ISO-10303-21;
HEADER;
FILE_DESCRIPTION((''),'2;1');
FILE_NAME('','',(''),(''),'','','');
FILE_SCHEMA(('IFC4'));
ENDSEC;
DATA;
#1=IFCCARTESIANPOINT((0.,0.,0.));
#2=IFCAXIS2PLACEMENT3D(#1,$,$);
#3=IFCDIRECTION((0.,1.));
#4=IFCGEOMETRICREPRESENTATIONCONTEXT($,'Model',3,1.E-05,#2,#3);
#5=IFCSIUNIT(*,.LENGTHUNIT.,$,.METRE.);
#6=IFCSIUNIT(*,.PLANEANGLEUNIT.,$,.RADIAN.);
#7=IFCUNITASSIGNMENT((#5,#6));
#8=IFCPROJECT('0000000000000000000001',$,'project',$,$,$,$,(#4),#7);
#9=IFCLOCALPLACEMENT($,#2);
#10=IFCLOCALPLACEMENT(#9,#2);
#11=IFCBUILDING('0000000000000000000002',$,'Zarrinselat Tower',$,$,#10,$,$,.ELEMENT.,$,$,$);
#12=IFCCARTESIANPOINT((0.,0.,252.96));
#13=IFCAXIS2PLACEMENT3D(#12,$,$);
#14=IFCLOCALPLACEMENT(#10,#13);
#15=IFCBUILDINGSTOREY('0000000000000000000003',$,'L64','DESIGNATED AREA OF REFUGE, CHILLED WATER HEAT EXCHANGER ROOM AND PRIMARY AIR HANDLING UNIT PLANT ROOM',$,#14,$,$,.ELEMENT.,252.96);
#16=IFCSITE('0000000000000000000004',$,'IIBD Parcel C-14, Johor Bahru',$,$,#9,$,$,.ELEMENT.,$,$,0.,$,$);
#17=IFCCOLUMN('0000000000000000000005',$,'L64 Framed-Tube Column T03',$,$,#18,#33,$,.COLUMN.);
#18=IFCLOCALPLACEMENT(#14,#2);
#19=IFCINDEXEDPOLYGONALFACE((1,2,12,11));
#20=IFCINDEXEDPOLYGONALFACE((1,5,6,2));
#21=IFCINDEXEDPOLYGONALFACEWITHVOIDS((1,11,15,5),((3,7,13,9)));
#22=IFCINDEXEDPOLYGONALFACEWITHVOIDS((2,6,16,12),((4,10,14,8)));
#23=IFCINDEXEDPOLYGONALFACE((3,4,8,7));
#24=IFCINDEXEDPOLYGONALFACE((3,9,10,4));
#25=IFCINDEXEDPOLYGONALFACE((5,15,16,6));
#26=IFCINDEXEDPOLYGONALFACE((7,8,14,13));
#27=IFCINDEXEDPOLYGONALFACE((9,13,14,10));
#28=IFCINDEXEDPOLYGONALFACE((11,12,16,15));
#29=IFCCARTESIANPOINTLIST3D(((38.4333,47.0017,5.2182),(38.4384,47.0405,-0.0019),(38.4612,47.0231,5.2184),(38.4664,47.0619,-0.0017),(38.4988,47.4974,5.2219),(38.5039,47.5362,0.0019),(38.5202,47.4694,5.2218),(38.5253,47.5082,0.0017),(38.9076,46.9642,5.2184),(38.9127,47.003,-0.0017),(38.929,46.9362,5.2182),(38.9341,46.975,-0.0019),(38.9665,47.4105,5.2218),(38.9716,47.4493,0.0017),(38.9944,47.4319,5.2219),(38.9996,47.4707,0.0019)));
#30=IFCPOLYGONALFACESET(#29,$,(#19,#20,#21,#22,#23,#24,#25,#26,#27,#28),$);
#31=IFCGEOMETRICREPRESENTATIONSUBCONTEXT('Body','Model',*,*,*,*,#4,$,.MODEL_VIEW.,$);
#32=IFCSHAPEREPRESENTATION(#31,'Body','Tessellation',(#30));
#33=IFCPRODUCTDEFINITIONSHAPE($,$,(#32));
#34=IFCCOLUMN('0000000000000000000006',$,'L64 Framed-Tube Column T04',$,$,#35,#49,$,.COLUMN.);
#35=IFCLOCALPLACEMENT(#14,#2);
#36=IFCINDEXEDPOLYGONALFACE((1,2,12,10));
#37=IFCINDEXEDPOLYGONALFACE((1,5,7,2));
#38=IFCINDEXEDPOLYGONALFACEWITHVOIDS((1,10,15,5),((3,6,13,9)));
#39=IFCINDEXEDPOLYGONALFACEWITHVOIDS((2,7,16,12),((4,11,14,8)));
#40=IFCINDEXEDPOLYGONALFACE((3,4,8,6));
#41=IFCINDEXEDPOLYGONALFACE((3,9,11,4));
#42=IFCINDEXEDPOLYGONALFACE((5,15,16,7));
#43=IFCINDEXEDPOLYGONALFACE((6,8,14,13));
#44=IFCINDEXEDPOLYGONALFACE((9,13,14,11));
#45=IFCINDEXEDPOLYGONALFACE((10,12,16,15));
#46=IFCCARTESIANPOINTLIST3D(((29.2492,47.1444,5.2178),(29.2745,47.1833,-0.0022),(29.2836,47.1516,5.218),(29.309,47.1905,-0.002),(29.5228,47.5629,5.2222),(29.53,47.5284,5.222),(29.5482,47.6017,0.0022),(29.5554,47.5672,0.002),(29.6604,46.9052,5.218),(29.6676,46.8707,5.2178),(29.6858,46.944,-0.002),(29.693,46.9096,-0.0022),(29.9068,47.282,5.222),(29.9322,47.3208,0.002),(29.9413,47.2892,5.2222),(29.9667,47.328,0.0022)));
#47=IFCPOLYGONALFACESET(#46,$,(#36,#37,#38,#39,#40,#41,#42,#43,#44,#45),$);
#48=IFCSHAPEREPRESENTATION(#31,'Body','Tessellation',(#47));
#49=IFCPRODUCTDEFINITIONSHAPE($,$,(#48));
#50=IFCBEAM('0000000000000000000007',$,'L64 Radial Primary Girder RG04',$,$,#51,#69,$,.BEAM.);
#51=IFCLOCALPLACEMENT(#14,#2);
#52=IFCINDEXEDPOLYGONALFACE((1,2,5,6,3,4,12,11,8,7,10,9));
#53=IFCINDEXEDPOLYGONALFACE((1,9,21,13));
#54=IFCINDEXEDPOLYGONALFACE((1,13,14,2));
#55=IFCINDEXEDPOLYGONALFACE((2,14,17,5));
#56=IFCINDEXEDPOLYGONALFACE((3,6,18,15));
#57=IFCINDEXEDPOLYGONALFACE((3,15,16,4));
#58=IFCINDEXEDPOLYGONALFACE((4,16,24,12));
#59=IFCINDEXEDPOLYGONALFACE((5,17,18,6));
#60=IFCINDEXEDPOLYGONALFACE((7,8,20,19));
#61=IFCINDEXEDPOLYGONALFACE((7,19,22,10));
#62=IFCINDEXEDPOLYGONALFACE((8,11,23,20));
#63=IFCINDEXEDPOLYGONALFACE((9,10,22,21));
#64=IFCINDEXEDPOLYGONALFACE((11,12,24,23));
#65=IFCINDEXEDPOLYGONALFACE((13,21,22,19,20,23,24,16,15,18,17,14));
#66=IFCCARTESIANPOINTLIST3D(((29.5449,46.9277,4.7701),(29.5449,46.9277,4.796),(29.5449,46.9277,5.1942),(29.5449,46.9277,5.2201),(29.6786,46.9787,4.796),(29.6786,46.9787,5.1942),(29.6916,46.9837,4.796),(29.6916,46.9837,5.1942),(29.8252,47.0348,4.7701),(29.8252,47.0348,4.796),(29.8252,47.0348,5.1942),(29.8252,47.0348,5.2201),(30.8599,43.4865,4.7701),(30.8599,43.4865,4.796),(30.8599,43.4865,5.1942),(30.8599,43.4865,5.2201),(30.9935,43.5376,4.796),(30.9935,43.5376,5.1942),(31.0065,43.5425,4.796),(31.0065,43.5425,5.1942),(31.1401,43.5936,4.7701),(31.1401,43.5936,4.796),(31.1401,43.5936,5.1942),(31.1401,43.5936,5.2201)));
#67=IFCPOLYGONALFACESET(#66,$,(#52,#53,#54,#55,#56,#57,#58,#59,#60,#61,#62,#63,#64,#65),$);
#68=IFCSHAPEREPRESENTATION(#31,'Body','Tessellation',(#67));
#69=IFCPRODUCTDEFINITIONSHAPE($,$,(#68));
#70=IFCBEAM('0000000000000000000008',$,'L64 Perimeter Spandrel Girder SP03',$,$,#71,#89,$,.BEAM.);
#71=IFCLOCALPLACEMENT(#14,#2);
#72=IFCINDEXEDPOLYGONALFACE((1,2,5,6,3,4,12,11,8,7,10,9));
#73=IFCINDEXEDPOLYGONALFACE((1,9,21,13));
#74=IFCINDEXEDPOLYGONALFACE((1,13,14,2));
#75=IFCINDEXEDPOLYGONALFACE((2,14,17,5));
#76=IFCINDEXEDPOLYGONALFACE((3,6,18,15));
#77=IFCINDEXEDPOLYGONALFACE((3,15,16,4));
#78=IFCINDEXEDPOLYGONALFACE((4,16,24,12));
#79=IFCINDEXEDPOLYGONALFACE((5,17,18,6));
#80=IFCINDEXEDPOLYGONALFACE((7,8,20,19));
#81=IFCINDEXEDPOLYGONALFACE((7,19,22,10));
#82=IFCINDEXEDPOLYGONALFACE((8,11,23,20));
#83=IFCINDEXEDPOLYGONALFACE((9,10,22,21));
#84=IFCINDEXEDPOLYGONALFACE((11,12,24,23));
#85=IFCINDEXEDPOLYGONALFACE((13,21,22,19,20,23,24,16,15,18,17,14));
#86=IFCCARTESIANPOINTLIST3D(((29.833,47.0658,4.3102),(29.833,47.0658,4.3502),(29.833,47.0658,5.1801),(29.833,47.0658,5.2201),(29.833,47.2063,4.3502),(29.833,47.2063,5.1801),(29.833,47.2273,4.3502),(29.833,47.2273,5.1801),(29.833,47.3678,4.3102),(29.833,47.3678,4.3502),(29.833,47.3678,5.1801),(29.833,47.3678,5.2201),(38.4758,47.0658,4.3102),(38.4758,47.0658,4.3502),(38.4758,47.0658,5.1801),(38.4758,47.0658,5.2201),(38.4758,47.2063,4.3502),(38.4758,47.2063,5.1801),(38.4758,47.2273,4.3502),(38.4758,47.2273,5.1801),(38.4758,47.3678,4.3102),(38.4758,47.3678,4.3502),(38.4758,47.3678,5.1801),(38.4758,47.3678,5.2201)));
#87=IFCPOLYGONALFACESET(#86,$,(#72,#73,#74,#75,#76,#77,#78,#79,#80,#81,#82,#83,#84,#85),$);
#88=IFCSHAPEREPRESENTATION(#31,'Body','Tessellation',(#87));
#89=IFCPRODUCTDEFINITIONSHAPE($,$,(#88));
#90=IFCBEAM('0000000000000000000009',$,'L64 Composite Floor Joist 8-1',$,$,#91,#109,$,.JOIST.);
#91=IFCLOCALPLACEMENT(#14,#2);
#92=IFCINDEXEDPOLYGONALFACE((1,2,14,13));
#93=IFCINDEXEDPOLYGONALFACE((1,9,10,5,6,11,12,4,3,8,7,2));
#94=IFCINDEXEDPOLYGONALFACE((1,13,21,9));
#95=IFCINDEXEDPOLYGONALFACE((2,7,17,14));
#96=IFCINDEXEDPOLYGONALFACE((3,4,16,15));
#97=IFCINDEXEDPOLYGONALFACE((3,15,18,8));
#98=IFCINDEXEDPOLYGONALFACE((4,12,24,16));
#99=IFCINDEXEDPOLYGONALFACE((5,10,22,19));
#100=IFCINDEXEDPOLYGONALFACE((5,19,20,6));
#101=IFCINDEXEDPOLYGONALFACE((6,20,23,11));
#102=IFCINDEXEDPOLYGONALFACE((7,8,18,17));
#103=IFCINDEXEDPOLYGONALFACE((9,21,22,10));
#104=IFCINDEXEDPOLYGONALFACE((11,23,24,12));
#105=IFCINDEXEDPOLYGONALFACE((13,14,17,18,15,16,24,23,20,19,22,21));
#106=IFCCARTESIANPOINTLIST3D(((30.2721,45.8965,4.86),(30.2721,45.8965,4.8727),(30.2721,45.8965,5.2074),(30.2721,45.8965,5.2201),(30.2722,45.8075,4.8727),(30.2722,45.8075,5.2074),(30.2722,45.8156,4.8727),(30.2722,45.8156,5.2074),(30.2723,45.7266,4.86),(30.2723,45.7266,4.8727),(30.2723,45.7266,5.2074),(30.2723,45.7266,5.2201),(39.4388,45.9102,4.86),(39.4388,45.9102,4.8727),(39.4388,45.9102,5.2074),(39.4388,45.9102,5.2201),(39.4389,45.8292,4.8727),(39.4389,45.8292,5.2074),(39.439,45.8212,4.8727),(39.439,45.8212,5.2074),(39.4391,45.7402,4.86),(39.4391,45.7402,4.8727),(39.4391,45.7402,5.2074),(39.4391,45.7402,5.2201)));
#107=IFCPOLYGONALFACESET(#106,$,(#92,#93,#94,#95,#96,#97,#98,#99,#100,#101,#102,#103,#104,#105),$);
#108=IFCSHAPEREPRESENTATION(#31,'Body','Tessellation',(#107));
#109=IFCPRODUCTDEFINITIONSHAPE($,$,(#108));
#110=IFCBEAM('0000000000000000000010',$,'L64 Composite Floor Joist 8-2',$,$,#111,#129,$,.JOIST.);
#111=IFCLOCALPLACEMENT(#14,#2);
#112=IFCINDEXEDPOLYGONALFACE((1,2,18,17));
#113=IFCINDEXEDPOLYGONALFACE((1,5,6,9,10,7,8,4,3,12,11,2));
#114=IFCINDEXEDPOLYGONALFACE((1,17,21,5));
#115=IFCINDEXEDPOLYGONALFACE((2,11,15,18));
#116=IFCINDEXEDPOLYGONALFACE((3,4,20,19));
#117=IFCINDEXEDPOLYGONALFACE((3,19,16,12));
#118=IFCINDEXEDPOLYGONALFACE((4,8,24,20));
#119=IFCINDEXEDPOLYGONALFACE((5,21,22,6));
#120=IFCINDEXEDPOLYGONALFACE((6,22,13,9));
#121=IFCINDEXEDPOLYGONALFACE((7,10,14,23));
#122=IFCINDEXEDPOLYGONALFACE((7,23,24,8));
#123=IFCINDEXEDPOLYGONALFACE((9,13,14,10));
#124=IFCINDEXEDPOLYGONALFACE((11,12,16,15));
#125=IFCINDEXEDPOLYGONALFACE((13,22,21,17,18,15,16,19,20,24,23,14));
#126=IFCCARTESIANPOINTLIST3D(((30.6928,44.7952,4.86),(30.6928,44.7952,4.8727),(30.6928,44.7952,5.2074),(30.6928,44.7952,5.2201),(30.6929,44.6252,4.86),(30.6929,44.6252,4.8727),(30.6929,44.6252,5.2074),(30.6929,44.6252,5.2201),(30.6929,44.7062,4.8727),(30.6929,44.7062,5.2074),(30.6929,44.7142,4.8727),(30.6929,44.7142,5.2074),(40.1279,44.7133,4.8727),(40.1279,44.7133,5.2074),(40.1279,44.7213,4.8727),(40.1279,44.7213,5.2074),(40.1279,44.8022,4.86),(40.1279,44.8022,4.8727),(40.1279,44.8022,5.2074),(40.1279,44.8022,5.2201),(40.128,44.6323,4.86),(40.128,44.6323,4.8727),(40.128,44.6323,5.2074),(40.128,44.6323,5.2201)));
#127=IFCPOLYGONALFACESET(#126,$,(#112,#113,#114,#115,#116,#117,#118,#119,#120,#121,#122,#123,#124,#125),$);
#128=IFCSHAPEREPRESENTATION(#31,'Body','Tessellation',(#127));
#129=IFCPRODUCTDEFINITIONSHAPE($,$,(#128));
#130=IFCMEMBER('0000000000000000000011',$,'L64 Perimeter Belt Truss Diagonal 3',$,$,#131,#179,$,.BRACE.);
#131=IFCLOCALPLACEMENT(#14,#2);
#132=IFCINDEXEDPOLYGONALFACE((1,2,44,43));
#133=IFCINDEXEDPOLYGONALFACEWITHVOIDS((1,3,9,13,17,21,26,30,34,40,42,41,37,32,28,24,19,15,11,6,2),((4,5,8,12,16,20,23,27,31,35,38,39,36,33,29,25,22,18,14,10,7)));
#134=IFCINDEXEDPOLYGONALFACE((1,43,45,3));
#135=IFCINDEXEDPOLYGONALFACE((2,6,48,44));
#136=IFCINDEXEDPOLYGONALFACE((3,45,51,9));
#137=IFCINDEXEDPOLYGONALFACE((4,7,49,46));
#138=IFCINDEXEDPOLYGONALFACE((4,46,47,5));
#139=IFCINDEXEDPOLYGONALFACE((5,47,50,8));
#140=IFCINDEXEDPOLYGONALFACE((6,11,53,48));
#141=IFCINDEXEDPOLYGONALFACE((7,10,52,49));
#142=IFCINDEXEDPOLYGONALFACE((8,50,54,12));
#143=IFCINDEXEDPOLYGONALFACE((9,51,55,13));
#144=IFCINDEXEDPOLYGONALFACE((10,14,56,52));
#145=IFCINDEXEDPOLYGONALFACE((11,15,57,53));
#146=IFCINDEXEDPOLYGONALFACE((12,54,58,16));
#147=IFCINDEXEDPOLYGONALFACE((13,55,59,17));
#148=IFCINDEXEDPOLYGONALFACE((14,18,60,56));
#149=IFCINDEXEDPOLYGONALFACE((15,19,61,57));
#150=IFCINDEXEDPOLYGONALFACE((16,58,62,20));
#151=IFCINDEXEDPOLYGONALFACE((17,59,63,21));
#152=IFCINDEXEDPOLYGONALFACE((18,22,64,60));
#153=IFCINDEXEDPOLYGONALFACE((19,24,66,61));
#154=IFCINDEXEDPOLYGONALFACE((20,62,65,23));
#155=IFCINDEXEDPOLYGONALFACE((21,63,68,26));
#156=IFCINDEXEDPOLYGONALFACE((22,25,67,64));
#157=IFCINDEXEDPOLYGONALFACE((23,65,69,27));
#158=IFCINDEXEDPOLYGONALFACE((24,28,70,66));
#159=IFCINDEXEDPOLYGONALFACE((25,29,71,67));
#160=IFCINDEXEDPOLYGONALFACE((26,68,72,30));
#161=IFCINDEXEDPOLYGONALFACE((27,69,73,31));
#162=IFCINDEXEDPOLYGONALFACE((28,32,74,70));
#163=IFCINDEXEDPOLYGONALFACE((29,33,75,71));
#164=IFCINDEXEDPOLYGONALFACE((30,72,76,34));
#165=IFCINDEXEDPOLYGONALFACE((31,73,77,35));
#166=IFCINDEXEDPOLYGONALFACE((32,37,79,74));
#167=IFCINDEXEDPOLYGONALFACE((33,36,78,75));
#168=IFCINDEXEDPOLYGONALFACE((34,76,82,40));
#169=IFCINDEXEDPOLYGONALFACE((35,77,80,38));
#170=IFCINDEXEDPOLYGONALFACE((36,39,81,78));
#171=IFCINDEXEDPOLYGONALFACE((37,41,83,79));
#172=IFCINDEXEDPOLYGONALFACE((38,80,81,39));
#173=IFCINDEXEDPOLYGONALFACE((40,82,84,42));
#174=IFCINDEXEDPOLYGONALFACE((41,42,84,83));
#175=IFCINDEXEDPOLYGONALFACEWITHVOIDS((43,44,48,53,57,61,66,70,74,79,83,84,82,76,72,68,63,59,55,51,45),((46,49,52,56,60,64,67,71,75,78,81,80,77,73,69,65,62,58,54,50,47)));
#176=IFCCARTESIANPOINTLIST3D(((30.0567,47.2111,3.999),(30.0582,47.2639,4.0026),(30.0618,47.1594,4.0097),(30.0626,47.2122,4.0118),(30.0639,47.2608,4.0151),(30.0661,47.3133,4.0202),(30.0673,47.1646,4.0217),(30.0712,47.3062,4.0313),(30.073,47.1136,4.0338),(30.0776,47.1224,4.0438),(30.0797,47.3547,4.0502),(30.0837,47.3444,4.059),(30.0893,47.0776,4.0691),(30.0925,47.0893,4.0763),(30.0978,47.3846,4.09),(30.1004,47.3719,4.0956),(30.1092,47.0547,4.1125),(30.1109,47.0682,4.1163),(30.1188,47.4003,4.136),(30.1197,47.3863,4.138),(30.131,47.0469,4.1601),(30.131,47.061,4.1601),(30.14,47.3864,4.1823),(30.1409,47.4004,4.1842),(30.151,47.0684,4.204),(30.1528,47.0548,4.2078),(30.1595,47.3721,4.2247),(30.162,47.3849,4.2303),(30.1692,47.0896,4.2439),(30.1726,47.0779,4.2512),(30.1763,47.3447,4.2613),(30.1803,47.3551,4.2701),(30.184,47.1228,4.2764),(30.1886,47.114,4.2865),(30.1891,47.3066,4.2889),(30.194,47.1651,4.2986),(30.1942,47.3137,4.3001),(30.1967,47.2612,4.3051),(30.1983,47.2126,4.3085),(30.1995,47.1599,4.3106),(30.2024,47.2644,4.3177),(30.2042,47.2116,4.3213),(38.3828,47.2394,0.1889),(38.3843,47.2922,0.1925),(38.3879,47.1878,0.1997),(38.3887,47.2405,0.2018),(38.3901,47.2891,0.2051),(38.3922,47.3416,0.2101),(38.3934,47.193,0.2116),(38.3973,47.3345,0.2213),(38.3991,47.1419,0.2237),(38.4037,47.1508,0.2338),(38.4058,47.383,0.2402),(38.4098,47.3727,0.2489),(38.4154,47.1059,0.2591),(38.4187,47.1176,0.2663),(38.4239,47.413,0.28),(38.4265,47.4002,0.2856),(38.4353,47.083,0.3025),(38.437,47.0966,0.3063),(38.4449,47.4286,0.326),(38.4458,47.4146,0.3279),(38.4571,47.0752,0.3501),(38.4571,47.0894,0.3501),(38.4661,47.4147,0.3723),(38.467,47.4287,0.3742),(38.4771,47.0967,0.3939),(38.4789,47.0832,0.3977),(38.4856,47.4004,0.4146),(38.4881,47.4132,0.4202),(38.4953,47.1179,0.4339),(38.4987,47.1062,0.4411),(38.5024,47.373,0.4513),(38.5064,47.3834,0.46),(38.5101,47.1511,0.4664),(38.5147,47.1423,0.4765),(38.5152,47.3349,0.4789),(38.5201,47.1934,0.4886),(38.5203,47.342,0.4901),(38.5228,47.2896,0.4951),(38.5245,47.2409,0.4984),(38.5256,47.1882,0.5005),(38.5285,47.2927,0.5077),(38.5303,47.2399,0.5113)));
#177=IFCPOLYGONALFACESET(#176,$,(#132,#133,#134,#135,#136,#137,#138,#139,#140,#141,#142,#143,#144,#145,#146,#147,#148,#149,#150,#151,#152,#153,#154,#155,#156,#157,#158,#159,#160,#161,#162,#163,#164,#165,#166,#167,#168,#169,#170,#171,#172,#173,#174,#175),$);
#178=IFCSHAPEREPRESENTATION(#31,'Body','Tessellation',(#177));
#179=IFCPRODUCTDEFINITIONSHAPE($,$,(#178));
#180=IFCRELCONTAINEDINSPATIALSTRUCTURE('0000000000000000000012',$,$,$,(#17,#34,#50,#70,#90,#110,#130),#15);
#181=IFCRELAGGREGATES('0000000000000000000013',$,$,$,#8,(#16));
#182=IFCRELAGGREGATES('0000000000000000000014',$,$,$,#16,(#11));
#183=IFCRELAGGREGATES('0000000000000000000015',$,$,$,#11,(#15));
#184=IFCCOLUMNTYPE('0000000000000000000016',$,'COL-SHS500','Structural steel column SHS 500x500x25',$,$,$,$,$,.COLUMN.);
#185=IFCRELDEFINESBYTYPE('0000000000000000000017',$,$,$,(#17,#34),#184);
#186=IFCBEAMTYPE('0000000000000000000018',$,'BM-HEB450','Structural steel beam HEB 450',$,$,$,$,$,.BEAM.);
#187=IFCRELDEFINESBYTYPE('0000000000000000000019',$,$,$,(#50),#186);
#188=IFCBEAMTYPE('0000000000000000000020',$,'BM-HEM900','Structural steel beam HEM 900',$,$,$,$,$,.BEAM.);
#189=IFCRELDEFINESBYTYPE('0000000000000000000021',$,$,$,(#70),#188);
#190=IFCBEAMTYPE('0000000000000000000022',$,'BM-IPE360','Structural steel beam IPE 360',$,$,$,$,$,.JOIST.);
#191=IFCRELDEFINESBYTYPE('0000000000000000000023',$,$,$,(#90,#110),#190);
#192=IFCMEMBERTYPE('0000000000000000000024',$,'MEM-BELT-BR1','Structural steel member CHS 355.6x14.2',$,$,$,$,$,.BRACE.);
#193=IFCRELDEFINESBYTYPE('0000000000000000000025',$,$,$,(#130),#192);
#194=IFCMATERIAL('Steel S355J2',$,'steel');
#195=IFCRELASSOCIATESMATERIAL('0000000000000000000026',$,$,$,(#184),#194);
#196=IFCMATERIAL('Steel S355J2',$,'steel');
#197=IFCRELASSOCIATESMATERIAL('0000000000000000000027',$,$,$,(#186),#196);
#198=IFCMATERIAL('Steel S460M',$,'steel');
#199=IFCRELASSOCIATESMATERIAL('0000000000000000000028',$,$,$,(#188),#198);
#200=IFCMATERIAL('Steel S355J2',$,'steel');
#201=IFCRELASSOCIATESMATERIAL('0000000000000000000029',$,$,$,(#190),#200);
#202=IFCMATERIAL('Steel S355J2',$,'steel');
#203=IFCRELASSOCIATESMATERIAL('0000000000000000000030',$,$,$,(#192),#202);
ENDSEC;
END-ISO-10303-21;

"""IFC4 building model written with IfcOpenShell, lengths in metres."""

from ifc_helpers import new_model, si_unit, direction, frame, origin, origin_2d, place, context, subcontext, project, spatial, hollow_rectangle, hollow_circle, i_section, extrude, material, material_profile, profile_set, type_object, element, save


model = new_model("IFC4")

# Units and contexts
model_context = context("Model", 3, precision=1e-05, world=origin(), true_north=direction((0.0, 1.0)))
body_context = subcontext(model_context, "Body", "Model", "MODEL_VIEW")
ifc_project = project(units=[si_unit("LENGTHUNIT", "METRE"), si_unit("PLANEANGLEUNIT", "RADIAN")], contexts=[model_context])

# Site, building, storey
site_placement = place(None, origin())
site = spatial("IfcSite", under=ifc_project, at=site_placement, Name="IIBD Parcel C-14, Johor Bahru", CompositionType="ELEMENT", RefElevation=0.0)
building_placement = place(site_placement, origin())
building = spatial("IfcBuilding", under=site, at=building_placement, Name="Zarrinselat Tower", CompositionType="ELEMENT")
storey_placement = place(building_placement, frame((0.0, 0.0, 252.96)))
storey = spatial("IfcBuildingStorey", under=building, at=storey_placement, Name="L64", Description="DESIGNATED AREA OF REFUGE, CHILLED WATER HEAT EXCHANGER ROOM AND PRIMARY AIR HANDLING UNIT PLANT ROOM", CompositionType="ELEMENT", Elevation=252.96)

# Columns
ifc_material_1 = material(Name="Steel S355J2", Category="steel")
ifc_material_profile_1 = material_profile(ifc_material_1, hollow_rectangle(XDim=0.5, YDim=0.5, WallThickness=0.0249, at=origin_2d()), Name="SHS 500x500x25")
ifc_profile_set_1 = profile_set([ifc_material_profile_1], Name="Steel S355J2")
column_type = type_object("IfcColumnType", Name="COL-SHS500", Description="Structural steel column SHS 500x500x25", PredefinedType="COLUMN", material=ifc_profile_set_1)
for number, where, z_axis, x_axis, name in (
    (1, (38.719, 47.2556, 0.0), (-0.000982, -0.007436, 0.999972), (0.991391, -0.130938, 0.0), "L64 Framed-Tube Column T03"),
    (2, (29.6206, 47.2556, 0.0), (-0.004864, -0.007436, 0.999961), (0.836877, -0.547391, 0.0), "L64 Framed-Tube Column T04"),
):
    element("IfcColumn", number, at=place(storey_placement, frame(where, z_axis=z_axis, x_axis=x_axis)), inside=storey, type_object=column_type, Name=name, PredefinedType="COLUMN", context=body_context, shape_type="SweptSolid", body=[
        extrude(hollow_rectangle(XDim=0.5, YDim=0.5, WallThickness=0.0249, at=origin_2d()), origin(), (0.0, 0.0, 1.0), 5.2202),
    ])

# Beams
ifc_material_2 = material(Name="Steel S355J2", Category="steel")
ifc_material_profile_2 = material_profile(ifc_material_2, i_section(OverallWidth=0.3, OverallDepth=0.45, WebThickness=0.0139, FlangeThickness=0.0259, at=origin_2d()), Name="HEB 450")
ifc_profile_set_2 = profile_set([ifc_material_profile_2], Name="Steel S355J2")
beam_type_1 = type_object("IfcBeamType", Name="BM-HEB450", Description="Structural steel beam HEB 450", PredefinedType="BEAM", material=ifc_profile_set_2)
beam_1_placement = place(storey_placement, frame((29.6851, 46.9812, 4.9951), z_axis=(0.356949, -0.934124, 0.0), x_axis=(0.934124, 0.356949, 0.0)))
element("IfcBeam", 3, at=beam_1_placement, inside=storey, type_object=beam_type_1, Name="L64 Radial Primary Girder RG04", PredefinedType="BEAM", context=body_context, shape_type="SweptSolid", body=[
    extrude(i_section(OverallWidth=0.3, OverallDepth=0.45, WebThickness=0.0139, FlangeThickness=0.0259, at=origin_2d()), origin(), (0.0, 0.0, 1.0), 3.6838),
])
ifc_material_3 = material(Name="Steel S460M", Category="steel")
ifc_material_profile_3 = material_profile(ifc_material_3, i_section(OverallWidth=0.302, OverallDepth=0.9099, WebThickness=0.021, FlangeThickness=0.04, at=origin_2d()), Name="HEM 900")
ifc_profile_set_3 = profile_set([ifc_material_profile_3], Name="Steel S460M")
beam_type_2 = type_object("IfcBeamType", Name="BM-HEM900", Description="Structural steel beam HEM 900", PredefinedType="BEAM", material=ifc_profile_set_3)
beam_2_placement = place(storey_placement, frame((29.833, 47.2168, 4.7651), z_axis=(1.0, 0.0, 0.0), x_axis=(0.0, 1.0, 0.0)))
element("IfcBeam", 4, at=beam_2_placement, inside=storey, type_object=beam_type_2, Name="L64 Perimeter Spandrel Girder SP03", PredefinedType="BEAM", context=body_context, shape_type="SweptSolid", body=[
    extrude(i_section(OverallWidth=0.302, OverallDepth=0.9099, WebThickness=0.021, FlangeThickness=0.04, at=origin_2d()), origin(), (0.0, 0.0, 1.0), 8.6428),
])
ifc_material_4 = material(Name="Steel S355J2", Category="steel")
ifc_material_profile_4 = material_profile(ifc_material_4, i_section(OverallWidth=0.1699, OverallDepth=0.3601, WebThickness=0.0081, FlangeThickness=0.0127, at=origin_2d()), Name="IPE 360")
ifc_profile_set_4 = profile_set([ifc_material_profile_4], Name="Steel S355J2")
beam_type_3 = type_object("IfcBeamType", Name="BM-IPE360", Description="Structural steel beam IPE 360", PredefinedType="JOIST", material=ifc_profile_set_4)
beam_3_placement = place(storey_placement, frame((30.2722, 45.8115, 5.04), z_axis=(0.999999, 0.001491, 0.0), x_axis=(-0.001491, 0.999999, 0.0)))
element("IfcBeam", 5, at=beam_3_placement, inside=storey, type_object=beam_type_3, Name="L64 Composite Floor Joist 8-1", PredefinedType="JOIST", context=body_context, shape_type="SweptSolid", body=[
    extrude(i_section(OverallWidth=0.1699, OverallDepth=0.3601, WebThickness=0.0081, FlangeThickness=0.0127, at=origin_2d()), origin(), (0.0, 0.0, 1.0), 9.1667),
])
beam_4_placement = place(storey_placement, frame((30.6929, 44.7102, 5.04), z_axis=(1.0, 0.00075, 0.0), x_axis=(-0.00075, 1.0, 0.0)))
element("IfcBeam", 6, at=beam_4_placement, inside=storey, type_object=beam_type_3, Name="L64 Composite Floor Joist 8-2", PredefinedType="JOIST", context=body_context, shape_type="SweptSolid", body=[
    extrude(i_section(OverallWidth=0.1699, OverallDepth=0.3601, WebThickness=0.0081, FlangeThickness=0.0127, at=origin_2d()), origin(), (0.0, 0.0, 1.0), 9.4351),
])

# Member
ifc_material_5 = material(Name="Steel S355J2", Category="steel")
ifc_material_profile_5 = material_profile(ifc_material_5, hollow_circle(Radius=0.1777, WallThickness=0.0142, at=origin_2d()), Name="CHS 355.6x14.2")
ifc_profile_set_5 = profile_set([ifc_material_profile_5], Name="Steel S355J2")
member_type_1 = type_object("IfcMemberType", Name="MEM-BELT-BR1", Description="Structural steel member CHS 355.6x14.2", PredefinedType="BRACE", material=ifc_profile_set_5)
member_1_placement = place(storey_placement, frame((38.4565, 47.2529, 0.3501), z_axis=(-0.909313, -0.003093, 0.416102), x_axis=(0.003401, -0.999994, 0.0)))
element("IfcMember", 7, at=member_1_placement, inside=storey, type_object=member_type_1, Name="L64 Perimeter Belt Truss Diagonal 3", PredefinedType="BRACE", context=body_context, shape_type="SweptSolid", body=[
    extrude(hollow_circle(Radius=0.1777, WallThickness=0.0142, at=origin_2d()), origin(), (0.0, 0.0, 1.0), 9.1565),
])

save(model, "model.ifc")
